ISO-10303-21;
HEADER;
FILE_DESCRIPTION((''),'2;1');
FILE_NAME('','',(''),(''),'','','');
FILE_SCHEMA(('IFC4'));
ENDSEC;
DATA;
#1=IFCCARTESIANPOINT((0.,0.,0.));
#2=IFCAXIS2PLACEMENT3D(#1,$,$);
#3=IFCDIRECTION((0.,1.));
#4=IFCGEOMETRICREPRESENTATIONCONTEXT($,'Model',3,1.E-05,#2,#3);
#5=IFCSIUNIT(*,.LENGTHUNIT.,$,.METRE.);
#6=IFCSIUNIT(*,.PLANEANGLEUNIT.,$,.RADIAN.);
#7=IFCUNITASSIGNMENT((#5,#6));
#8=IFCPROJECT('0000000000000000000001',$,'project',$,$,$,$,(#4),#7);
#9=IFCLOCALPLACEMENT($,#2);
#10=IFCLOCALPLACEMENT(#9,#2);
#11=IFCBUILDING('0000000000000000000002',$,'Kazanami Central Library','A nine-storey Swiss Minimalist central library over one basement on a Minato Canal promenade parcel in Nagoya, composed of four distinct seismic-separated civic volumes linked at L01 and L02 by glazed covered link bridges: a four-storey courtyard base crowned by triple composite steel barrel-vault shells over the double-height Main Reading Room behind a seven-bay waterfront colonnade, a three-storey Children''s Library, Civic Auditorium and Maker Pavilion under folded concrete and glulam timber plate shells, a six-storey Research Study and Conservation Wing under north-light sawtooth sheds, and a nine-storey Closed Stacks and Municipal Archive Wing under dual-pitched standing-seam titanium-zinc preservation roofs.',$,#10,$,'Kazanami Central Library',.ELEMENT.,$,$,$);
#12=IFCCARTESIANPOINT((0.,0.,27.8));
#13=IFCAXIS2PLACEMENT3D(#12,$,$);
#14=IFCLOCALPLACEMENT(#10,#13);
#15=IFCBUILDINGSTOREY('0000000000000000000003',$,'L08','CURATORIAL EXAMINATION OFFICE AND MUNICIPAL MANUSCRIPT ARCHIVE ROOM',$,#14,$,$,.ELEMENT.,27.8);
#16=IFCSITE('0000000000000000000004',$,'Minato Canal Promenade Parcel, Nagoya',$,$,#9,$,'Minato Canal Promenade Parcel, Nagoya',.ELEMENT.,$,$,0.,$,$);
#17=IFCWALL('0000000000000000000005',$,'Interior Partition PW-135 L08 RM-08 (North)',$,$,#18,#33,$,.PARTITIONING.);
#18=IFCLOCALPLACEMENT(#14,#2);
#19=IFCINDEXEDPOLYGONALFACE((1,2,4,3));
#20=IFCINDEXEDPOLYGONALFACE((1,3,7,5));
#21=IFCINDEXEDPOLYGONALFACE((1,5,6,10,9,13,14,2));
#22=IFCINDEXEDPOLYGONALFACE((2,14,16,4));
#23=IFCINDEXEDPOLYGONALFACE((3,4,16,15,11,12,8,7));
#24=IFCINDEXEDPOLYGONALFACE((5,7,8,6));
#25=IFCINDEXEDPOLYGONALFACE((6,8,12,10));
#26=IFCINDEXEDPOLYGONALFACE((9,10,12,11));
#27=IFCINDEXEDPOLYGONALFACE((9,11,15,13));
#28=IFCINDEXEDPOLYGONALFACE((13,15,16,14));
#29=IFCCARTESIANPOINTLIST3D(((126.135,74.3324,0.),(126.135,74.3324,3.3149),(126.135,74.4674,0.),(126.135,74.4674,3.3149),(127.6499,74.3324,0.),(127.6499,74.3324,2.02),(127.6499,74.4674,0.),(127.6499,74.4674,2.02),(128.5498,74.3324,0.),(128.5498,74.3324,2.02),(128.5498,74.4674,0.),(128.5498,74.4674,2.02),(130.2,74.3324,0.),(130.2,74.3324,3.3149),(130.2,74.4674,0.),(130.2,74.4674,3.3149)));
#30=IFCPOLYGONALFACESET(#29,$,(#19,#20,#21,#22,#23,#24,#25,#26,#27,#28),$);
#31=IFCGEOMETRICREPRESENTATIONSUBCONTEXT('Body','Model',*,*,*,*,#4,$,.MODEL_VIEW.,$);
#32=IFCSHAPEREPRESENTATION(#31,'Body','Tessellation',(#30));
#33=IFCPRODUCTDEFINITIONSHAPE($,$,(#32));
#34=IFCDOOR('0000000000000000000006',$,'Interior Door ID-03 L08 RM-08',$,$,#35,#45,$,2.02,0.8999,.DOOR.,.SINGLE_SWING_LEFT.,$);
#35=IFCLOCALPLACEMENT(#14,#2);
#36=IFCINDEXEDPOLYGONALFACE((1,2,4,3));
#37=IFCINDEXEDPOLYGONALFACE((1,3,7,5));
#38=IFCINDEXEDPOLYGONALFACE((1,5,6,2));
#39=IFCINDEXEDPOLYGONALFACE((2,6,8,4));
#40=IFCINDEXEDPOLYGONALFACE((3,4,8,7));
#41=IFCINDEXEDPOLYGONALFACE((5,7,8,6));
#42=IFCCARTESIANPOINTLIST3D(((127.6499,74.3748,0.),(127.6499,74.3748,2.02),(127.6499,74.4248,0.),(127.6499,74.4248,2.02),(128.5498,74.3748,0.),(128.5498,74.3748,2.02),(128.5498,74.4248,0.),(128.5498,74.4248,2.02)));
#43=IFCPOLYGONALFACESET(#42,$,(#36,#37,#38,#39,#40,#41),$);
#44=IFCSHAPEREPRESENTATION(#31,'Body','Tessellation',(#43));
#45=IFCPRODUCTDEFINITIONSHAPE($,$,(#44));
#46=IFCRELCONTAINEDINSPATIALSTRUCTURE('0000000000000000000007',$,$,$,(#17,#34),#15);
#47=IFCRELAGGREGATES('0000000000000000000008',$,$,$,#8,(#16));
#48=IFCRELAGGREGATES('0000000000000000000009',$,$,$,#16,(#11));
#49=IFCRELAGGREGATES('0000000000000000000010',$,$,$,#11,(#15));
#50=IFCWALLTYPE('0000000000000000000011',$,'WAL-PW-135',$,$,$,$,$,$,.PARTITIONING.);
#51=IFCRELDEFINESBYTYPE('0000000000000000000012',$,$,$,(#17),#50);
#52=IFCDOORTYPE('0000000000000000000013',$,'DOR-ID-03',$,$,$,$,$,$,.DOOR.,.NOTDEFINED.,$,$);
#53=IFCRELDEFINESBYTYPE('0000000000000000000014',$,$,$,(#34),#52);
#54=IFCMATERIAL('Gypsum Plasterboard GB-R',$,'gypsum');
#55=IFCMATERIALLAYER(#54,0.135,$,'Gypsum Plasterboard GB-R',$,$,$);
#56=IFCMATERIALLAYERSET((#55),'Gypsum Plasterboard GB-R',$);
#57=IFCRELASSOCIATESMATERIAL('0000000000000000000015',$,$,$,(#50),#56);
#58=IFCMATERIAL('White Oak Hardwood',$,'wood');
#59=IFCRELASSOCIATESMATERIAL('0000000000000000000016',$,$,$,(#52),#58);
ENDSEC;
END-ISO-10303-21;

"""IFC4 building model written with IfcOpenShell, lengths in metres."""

from ifc_helpers import new_model, si_unit, direction, frame, frame_2d, origin, place, context, subcontext, project, spatial, rectangle, extrude, material, layer, layer_set, type_object, element, fill, save


model = new_model("IFC4")

# Units and contexts
model_context = context("Model", 3, precision=1e-05, world=origin(), true_north=direction((0.0, 1.0)))
body_context = subcontext(model_context, "Body", "Model", "MODEL_VIEW")
ifc_project = project(units=[si_unit("LENGTHUNIT", "METRE"), si_unit("PLANEANGLEUNIT", "RADIAN")], contexts=[model_context])

# Site, building, storey
site_placement = place(None, origin())
site = spatial("IfcSite", under=ifc_project, at=site_placement, Name="Minato Canal Promenade Parcel, Nagoya", LongName="Minato Canal Promenade Parcel, Nagoya", CompositionType="ELEMENT", RefElevation=0.0)
building_placement = place(site_placement, origin())
building = spatial("IfcBuilding", under=site, at=building_placement, Name="Kazanami Central Library", Description="A nine-storey Swiss Minimalist central library over one basement on a Minato Canal promenade parcel in Nagoya, composed of four distinct seismic-separated civic volumes linked at L01 and L02 by glazed covered link bridges: a four-storey courtyard base crowned by triple composite steel barrel-vault shells over the double-height Main Reading Room behind a seven-bay waterfront colonnade, a three-storey Children's Library, Civic Auditorium and Maker Pavilion under folded concrete and glulam timber plate shells, a six-storey Research Study and Conservation Wing under north-light sawtooth sheds, and a nine-storey Closed Stacks and Municipal Archive Wing under dual-pitched standing-seam titanium-zinc preservation roofs.", LongName="Kazanami Central Library", CompositionType="ELEMENT")
storey_placement = place(building_placement, frame((0.0, 0.0, 27.8)))
storey = spatial("IfcBuildingStorey", under=building, at=storey_placement, Name="L08", Description="CURATORIAL EXAMINATION OFFICE AND MUNICIPAL MANUSCRIPT ARCHIVE ROOM", CompositionType="ELEMENT", Elevation=27.8)

# Wall, opening, door
ifc_material_1 = material(Name="Gypsum Plasterboard GB-R", Category="gypsum")
ifc_layer_1 = layer(ifc_material_1, 0.135, Name="Gypsum Plasterboard GB-R")
ifc_layer_set_1 = layer_set([ifc_layer_1], Name="Gypsum Plasterboard GB-R")
wall_type_1 = type_object("IfcWallType", Name="WAL-PW-135", PredefinedType="PARTITIONING", material=ifc_layer_set_1)
wall_1_placement = place(storey_placement, frame((126.135, 74.3999, 0.0), z_axis=(0.0, 0.0, 1.0), x_axis=(1.0, 0.0, 0.0)))
wall_1 = element("IfcWall", 1, at=wall_1_placement, inside=storey, type_object=wall_type_1, Name="Interior Partition PW-135 L08 RM-08 (North)", PredefinedType="PARTITIONING", context=body_context, shape_type="SweptSolid", body=[
    extrude(rectangle(XDim=4.0649, YDim=0.135, at=frame_2d((2.0325, 0.0))), origin(), (0.0, 0.0, 1.0), 3.3149),
])
opening_1_placement = place(wall_1_placement, frame((1.5149, 0.0, 0.0)))
opening_1 = element("IfcOpeningElement", 2, at=opening_1_placement, cuts=wall_1, PredefinedType="OPENING", context=body_context, shape_type="SweptSolid", body=[
    extrude(rectangle(XDim=0.8999, YDim=2.02, at=frame_2d((0.45, 1.01))), frame((0.0, 0.0796, 0.0), z_axis=(0.0, -1.0, 0.0), x_axis=(1.0, 0.0, 0.0)), (0.0, 0.0, 1.0), 0.1589),
])
ifc_material_2 = material(Name="White Oak Hardwood", Category="wood")
door_type = type_object("IfcDoorType", Name="DOR-ID-03", OperationType="NOTDEFINED", PredefinedType="DOOR", material=ifc_material_2)
door_placement = place(opening_1_placement, origin())
door = element("IfcDoor", 3, at=door_placement, inside=storey, type_object=door_type, Name="Interior Door ID-03 L08 RM-08", OperationType="SINGLE_SWING_LEFT", OverallHeight=2.02, OverallWidth=0.8999, PredefinedType="DOOR", context=body_context, shape_type="SweptSolid", body=[
    extrude(rectangle(XDim=0.8999, YDim=2.02, at=frame_2d((0.45, 1.01))), frame((0.0, 0.0249, 0.0), z_axis=(0.0, -1.0, 0.0), x_axis=(1.0, 0.0, 0.0)), (0.0, 0.0, 1.0), 0.05),
])
fill(opening_1, door)

save(model, "model.ifc")
